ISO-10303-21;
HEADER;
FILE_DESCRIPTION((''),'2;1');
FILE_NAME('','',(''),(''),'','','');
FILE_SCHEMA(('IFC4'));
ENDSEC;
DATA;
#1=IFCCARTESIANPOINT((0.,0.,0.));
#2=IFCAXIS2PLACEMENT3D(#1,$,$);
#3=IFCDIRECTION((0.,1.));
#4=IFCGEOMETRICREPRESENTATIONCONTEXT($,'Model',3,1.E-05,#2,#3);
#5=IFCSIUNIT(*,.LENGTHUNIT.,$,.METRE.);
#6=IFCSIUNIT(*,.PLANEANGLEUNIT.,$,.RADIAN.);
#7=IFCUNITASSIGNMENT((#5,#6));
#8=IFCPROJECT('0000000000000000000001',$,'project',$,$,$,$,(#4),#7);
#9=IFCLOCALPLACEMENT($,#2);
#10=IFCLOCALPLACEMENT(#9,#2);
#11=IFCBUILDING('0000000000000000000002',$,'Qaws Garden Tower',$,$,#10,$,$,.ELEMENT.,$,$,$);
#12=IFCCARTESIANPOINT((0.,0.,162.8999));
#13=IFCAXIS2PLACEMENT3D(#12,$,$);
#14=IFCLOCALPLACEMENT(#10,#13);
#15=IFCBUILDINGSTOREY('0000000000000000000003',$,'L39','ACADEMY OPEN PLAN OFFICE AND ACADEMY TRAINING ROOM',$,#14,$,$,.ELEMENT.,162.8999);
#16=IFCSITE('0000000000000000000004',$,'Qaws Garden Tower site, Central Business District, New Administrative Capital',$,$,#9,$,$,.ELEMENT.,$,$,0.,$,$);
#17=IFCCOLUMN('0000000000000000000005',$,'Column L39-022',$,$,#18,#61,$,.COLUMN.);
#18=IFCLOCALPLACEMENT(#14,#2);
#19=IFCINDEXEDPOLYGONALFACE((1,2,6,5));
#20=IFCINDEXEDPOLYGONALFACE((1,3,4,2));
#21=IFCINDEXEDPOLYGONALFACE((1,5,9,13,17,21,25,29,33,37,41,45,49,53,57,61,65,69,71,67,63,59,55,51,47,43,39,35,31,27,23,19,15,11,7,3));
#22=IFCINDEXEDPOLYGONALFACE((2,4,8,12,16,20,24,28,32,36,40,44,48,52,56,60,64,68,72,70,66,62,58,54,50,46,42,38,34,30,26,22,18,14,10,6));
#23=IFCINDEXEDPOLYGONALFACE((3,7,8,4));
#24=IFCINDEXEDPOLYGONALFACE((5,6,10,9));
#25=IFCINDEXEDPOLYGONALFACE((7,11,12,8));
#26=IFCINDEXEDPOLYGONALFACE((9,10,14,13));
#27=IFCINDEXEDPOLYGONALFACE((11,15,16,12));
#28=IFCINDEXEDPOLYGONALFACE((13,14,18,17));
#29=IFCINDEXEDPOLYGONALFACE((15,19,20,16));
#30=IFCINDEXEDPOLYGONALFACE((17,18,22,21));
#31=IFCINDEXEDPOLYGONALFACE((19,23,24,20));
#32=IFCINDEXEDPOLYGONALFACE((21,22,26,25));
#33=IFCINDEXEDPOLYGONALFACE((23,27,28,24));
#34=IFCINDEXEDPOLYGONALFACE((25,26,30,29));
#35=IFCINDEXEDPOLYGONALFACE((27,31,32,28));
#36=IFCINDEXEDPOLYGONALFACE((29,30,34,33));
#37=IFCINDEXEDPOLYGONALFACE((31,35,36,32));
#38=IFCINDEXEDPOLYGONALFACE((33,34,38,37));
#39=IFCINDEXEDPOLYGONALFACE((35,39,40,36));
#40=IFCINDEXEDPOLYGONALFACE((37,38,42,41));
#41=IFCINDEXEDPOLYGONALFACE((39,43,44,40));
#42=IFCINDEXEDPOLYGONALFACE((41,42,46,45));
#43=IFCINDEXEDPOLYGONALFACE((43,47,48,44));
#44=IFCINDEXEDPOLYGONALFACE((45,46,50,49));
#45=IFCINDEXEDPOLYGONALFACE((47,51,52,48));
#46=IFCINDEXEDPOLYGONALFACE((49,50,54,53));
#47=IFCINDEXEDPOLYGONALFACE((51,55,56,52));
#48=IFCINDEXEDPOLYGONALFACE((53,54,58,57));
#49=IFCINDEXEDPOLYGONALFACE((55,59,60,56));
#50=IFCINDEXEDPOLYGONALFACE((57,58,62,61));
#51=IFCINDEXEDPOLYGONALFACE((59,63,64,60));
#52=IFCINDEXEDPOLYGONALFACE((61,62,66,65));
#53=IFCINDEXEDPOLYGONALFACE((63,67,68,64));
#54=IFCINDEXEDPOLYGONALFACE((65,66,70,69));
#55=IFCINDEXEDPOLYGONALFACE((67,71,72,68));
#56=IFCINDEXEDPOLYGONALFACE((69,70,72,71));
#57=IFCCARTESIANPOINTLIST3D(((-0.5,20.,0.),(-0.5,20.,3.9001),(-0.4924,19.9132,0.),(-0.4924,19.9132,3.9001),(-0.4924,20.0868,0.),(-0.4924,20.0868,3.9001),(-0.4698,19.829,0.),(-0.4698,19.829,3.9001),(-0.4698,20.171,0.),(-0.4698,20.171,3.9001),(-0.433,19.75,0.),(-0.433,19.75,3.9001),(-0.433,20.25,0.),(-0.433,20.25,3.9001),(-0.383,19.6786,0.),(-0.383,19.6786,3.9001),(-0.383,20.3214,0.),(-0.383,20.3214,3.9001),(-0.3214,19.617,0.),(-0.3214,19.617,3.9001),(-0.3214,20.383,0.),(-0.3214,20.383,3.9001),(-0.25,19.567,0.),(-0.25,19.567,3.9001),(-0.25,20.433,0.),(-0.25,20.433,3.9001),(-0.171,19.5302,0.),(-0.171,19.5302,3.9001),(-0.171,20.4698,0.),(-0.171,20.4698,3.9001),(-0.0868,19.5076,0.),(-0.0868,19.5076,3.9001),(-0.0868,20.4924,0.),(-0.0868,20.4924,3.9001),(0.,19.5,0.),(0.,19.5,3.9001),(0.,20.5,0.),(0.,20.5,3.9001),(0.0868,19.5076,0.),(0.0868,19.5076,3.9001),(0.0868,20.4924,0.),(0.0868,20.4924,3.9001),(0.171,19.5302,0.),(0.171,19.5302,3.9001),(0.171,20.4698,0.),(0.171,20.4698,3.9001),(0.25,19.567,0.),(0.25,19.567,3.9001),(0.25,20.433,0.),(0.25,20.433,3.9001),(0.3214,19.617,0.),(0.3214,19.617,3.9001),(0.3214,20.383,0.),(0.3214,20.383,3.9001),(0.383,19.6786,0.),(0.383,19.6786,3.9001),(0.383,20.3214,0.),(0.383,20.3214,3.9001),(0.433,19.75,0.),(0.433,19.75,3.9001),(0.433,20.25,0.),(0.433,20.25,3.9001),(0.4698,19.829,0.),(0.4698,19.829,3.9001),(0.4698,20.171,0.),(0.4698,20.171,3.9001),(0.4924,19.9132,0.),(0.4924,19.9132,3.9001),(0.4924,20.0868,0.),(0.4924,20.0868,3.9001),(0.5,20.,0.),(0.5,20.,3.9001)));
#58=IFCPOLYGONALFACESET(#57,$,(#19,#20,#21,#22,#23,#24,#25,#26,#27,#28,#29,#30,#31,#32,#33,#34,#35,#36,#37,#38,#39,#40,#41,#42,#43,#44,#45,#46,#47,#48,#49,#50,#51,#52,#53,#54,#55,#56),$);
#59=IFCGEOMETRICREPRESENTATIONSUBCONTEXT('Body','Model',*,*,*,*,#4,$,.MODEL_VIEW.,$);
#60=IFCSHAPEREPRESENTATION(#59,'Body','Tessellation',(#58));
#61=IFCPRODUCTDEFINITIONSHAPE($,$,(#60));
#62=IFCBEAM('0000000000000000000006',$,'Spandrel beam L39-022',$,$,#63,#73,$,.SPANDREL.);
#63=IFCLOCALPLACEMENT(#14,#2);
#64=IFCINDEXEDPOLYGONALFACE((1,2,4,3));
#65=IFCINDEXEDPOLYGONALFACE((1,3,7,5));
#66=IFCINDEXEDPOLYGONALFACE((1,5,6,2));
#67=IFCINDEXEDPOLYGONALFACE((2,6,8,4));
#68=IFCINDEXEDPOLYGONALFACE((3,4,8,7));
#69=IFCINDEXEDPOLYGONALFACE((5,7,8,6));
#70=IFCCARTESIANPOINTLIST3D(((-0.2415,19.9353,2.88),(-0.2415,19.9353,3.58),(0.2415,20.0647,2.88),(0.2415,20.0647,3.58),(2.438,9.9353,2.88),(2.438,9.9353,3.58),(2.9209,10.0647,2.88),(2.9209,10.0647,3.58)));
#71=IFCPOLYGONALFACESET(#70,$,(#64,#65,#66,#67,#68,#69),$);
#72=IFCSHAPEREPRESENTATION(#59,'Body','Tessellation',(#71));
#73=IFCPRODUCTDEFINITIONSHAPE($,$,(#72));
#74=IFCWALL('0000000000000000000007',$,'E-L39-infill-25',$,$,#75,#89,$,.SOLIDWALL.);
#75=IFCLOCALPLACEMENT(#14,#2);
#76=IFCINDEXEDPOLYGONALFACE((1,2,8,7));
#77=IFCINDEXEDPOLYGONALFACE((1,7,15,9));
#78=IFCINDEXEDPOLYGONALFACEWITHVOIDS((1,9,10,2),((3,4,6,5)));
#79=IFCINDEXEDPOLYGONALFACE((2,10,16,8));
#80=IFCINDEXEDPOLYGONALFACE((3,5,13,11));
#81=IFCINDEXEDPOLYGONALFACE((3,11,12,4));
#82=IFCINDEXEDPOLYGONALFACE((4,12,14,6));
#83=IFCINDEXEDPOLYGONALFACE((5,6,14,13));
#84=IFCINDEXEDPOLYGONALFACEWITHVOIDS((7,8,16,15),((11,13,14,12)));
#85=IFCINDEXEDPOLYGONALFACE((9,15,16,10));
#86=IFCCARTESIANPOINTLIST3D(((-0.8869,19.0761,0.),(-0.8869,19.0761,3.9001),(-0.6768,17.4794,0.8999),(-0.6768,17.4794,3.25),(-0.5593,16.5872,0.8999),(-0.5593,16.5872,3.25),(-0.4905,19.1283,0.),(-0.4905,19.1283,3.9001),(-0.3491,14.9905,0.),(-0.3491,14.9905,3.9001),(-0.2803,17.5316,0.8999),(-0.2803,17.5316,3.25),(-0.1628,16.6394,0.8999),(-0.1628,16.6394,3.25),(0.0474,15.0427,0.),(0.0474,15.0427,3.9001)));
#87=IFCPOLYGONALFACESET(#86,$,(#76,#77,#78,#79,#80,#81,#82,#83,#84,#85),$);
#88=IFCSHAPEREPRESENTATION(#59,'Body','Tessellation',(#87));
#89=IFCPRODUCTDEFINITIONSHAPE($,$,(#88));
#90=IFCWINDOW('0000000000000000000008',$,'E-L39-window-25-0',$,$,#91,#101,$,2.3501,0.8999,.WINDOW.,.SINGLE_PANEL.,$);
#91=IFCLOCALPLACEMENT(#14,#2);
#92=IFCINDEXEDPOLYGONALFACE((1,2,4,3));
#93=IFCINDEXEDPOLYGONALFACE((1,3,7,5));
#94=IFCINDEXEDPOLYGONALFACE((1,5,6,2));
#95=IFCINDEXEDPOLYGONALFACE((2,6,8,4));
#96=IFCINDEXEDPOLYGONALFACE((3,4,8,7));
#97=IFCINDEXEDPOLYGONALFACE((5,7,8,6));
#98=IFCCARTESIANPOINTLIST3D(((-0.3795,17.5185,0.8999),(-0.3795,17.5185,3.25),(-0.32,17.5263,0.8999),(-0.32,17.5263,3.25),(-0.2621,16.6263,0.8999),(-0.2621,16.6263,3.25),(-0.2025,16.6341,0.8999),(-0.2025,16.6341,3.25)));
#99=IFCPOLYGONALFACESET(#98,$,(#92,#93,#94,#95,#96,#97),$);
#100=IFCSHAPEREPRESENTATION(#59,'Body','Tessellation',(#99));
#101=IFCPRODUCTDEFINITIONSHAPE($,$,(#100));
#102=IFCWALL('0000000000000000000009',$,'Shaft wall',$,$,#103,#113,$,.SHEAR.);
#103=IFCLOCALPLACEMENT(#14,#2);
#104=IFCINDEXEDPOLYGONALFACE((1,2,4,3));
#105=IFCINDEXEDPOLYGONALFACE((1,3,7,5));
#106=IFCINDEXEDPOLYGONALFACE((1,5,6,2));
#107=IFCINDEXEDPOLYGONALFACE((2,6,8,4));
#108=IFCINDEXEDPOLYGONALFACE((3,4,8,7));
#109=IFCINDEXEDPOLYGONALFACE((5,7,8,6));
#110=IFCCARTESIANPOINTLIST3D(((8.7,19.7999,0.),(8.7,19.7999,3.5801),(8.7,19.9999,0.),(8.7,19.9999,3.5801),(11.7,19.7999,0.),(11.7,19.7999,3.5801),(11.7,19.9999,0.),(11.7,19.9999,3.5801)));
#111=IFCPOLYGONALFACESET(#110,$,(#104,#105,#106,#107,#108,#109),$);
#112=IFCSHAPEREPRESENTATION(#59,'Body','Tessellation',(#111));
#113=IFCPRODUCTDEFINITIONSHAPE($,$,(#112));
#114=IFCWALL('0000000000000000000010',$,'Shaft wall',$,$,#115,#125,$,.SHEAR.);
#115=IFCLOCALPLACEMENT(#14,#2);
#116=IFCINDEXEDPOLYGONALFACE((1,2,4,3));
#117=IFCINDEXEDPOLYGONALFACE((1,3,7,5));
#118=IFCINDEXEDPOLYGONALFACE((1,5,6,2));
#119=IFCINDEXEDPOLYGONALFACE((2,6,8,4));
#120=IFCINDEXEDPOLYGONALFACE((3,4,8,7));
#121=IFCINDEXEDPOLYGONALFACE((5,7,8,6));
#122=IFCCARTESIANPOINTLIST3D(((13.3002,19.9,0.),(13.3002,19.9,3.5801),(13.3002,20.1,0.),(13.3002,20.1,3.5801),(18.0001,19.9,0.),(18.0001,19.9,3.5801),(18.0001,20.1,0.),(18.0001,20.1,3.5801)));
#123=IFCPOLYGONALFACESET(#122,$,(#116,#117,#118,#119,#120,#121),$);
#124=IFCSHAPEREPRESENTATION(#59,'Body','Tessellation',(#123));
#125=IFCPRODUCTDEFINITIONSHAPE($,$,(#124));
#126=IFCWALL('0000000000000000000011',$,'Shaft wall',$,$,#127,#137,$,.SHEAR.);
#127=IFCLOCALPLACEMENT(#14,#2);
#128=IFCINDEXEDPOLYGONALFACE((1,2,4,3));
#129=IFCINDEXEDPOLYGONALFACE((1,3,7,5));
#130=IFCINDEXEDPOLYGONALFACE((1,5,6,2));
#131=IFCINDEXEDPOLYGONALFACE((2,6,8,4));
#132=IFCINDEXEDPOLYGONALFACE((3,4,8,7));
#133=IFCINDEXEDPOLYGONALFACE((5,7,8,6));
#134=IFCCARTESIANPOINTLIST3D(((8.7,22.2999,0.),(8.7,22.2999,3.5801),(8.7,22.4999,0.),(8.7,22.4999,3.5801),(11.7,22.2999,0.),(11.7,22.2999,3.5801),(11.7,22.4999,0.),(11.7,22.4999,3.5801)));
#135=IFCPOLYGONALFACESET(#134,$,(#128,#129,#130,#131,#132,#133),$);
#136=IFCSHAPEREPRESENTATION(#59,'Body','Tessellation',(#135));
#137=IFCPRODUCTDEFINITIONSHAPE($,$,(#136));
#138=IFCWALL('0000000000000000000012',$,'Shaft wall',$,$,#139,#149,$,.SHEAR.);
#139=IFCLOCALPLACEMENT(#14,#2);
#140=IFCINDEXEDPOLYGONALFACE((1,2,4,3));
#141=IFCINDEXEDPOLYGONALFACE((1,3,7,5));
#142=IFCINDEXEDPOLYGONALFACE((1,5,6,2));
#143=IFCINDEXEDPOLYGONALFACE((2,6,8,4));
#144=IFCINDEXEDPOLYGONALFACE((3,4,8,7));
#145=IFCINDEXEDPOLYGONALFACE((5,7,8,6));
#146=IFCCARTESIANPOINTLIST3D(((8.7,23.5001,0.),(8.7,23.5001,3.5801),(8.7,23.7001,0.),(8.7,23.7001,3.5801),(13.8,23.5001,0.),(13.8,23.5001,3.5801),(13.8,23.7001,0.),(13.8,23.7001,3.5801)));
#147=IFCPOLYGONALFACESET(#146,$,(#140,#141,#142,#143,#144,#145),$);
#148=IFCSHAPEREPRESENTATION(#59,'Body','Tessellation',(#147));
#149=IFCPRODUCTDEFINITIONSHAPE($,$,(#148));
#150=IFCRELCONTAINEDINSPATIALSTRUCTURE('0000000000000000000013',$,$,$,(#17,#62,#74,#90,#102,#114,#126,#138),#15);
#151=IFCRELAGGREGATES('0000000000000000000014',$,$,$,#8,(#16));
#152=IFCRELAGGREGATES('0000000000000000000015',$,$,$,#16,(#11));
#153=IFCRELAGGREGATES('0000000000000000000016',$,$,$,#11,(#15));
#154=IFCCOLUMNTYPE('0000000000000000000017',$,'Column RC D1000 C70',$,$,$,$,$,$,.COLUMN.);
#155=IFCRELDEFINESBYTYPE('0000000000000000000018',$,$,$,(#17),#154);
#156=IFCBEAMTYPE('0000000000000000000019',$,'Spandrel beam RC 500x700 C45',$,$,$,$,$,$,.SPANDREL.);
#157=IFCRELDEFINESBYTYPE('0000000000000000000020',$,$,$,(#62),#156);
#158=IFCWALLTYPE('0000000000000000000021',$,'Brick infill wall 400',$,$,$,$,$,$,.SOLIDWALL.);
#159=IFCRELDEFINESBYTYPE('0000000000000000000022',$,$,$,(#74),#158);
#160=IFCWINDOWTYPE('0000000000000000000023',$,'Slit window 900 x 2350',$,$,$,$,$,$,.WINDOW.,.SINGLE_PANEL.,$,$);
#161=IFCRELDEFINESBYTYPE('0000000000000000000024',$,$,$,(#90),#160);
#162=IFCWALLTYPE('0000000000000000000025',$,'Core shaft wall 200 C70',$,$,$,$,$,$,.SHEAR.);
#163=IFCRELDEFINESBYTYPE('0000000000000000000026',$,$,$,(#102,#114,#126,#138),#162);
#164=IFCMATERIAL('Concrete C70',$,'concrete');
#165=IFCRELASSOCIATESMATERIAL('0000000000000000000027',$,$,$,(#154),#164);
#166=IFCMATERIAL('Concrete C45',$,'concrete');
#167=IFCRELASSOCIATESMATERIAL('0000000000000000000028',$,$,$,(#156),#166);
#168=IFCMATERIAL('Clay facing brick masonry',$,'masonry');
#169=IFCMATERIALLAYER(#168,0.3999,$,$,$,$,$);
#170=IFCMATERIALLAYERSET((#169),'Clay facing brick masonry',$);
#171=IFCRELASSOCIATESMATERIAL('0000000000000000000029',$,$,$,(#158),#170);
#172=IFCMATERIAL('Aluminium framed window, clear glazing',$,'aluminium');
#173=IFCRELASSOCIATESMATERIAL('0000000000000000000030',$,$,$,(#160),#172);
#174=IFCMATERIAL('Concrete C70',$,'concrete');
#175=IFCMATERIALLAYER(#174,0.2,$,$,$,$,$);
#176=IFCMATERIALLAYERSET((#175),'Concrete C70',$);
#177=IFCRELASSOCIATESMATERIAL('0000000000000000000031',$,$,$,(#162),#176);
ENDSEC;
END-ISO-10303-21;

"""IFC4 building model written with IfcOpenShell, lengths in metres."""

from ifc_helpers import new_model, si_unit, direction, frame, frame_2d, origin, origin_2d, place, context, subcontext, project, spatial, rectangle, circle, extrude, material, layer, layer_set, material_profile, profile_set, type_object, element, fill, save


model = new_model("IFC4")

# Units and contexts
model_context = context("Model", 3, precision=1e-05, world=origin(), true_north=direction((0.0, 1.0)))
body_context = subcontext(model_context, "Body", "Model", "MODEL_VIEW")
ifc_project = project(units=[si_unit("LENGTHUNIT", "METRE"), si_unit("PLANEANGLEUNIT", "RADIAN")], contexts=[model_context])

# Site, building, storey
site_placement = place(None, origin())
site = spatial("IfcSite", under=ifc_project, at=site_placement, Name="Qaws Garden Tower site, Central Business District, New Administrative Capital", CompositionType="ELEMENT", RefElevation=0.0)
building_placement = place(site_placement, origin())
building = spatial("IfcBuilding", under=site, at=building_placement, Name="Qaws Garden Tower", CompositionType="ELEMENT")
storey_placement = place(building_placement, frame((0.0, 0.0, 162.8999)))
storey = spatial("IfcBuildingStorey", under=building, at=storey_placement, Name="L39", Description="ACADEMY OPEN PLAN OFFICE AND ACADEMY TRAINING ROOM", CompositionType="ELEMENT", Elevation=162.8999)

# Column
ifc_material_1 = material(Name="Concrete C70", Category="concrete")
ifc_material_profile_1 = material_profile(ifc_material_1, circle(Radius=0.5, at=origin_2d()), Name="RC D1000")
ifc_profile_set_1 = profile_set([ifc_material_profile_1], Name="Concrete C70")
column_type = type_object("IfcColumnType", Name="Column RC D1000 C70", PredefinedType="COLUMN", material=ifc_profile_set_1)
column_placement = place(storey_placement, frame((0.0, 20.0, 0.0), z_axis=(0.0, 0.0, 1.0), x_axis=(1.0, 0.0, 0.0)))
element("IfcColumn", 1, at=column_placement, inside=storey, type_object=column_type, Name="Column L39-022", PredefinedType="COLUMN", context=body_context, shape_type="SweptSolid", body=[
    extrude(circle(Radius=0.5, at=origin_2d()), origin(), (0.0, 0.0, 1.0), 3.9001),
])

# Beam
ifc_material_2 = material(Name="Concrete C45", Category="concrete")
ifc_material_profile_2 = material_profile(ifc_material_2, rectangle(XDim=0.5, YDim=0.7, at=origin_2d()), Name="RC 500x700")
ifc_profile_set_2 = profile_set([ifc_material_profile_2], Name="Concrete C45")
beam_type = type_object("IfcBeamType", Name="Spandrel beam RC 500x700 C45", PredefinedType="SPANDREL", material=ifc_profile_set_2)
beam_placement = place(storey_placement, frame((0.0, 20.0, 3.23), z_axis=(0.258815, -0.965927, 0.0), x_axis=(0.965927, 0.258815, 0.0)))
element("IfcBeam", 2, at=beam_placement, inside=storey, type_object=beam_type, Name="Spandrel beam L39-022", PredefinedType="SPANDREL", context=body_context, shape_type="SweptSolid", body=[
    extrude(rectangle(XDim=0.5, YDim=0.7, at=origin_2d()), origin(), (0.0, 0.0, 1.0), 10.3528),
])

# Wall, opening, window
ifc_material_3 = material(Name="Clay facing brick masonry", Category="masonry")
ifc_layer_1 = layer(ifc_material_3, 0.3999)
ifc_layer_set_1 = layer_set([ifc_layer_1], Name="Clay facing brick masonry")
wall_type_1 = type_object("IfcWallType", Name="Brick infill wall 400", PredefinedType="SOLIDWALL", material=ifc_layer_set_1)
wall_1_placement = place(storey_placement, frame((-0.6887, 19.1023, 0.0), z_axis=(0.0, 0.0, 1.0), x_axis=(0.130514, -0.991446, 0.0)))
wall_1 = element("IfcWall", 3, at=wall_1_placement, inside=storey, type_object=wall_type_1, Name="E-L39-infill-25", PredefinedType="SOLIDWALL", context=body_context, shape_type="SweptSolid", body=[
    extrude(rectangle(XDim=4.1208, YDim=0.3999, at=frame_2d((2.0605, 0.0))), origin(), (0.0, 0.0, 1.0), 3.9001),
])
opening_1_placement = place(wall_1_placement, frame((1.6106, 0.0, 0.8999)))
opening_1 = element("IfcOpeningElement", 4, at=opening_1_placement, cuts=wall_1, PredefinedType="OPENING", context=body_context, shape_type="SweptSolid", body=[
    extrude(rectangle(XDim=0.8999, YDim=2.3501, at=frame_2d((0.45, 1.175))), frame((0.0, 0.21, 0.0), z_axis=(0.0, -1.0, 0.0), x_axis=(1.0, 0.0, 0.0)), (0.0, 0.0, 1.0), 0.4199),
])
ifc_material_4 = material(Name="Aluminium framed window, clear glazing", Category="aluminium")
window_type = type_object("IfcWindowType", Name="Slit window 900 x 2350", PartitioningType="SINGLE_PANEL", PredefinedType="WINDOW", material=ifc_material_4)
window_placement = place(opening_1_placement, origin())
window = element("IfcWindow", 5, at=window_placement, inside=storey, type_object=window_type, Name="E-L39-window-25-0", OverallHeight=2.3501, OverallWidth=0.8999, PartitioningType="SINGLE_PANEL", PredefinedType="WINDOW", context=body_context, shape_type="SweptSolid", body=[
    extrude(rectangle(XDim=0.8999, YDim=2.3501, at=frame_2d((0.45, 1.175))), frame((0.0, 0.1599, 0.0), z_axis=(0.0, -1.0, 0.0), x_axis=(1.0, 0.0, 0.0)), (0.0, 0.0, 1.0), 0.0601),
])
fill(opening_1, window)

# Walls
ifc_material_5 = material(Name="Concrete C70", Category="concrete")
ifc_layer_2 = layer(ifc_material_5, 0.2)
ifc_layer_set_2 = layer_set([ifc_layer_2], Name="Concrete C70")
wall_type_2 = type_object("IfcWallType", Name="Core shaft wall 200 C70", PredefinedType="SHEAR", material=ifc_layer_set_2)
wall_2_placement = place(storey_placement, frame((8.7, 19.8999, 0.0), z_axis=(0.0, 0.0, 1.0), x_axis=(1.0, 0.0, 0.0)))
element("IfcWall", 6, at=wall_2_placement, inside=storey, type_object=wall_type_2, Name="Shaft wall", PredefinedType="SHEAR", context=body_context, shape_type="SweptSolid", body=[
    extrude(rectangle(XDim=3.0, YDim=0.2, at=frame_2d((1.5, 0.0))), origin(), (0.0, 0.0, 1.0), 3.5801),
])
wall_3_placement = place(storey_placement, frame((13.3, 20.0, 0.0), z_axis=(0.0, 0.0, 1.0), x_axis=(1.0, 0.0, 0.0)))
element("IfcWall", 7, at=wall_3_placement, inside=storey, type_object=wall_type_2, Name="Shaft wall", PredefinedType="SHEAR", context=body_context, shape_type="SweptSolid", body=[
    extrude(rectangle(XDim=4.7, YDim=0.2, at=frame_2d((2.3501, 0.0))), origin(), (0.0, 0.0, 1.0), 3.5801),
])
wall_4_placement = place(storey_placement, frame((8.7, 22.3999, 0.0), z_axis=(0.0, 0.0, 1.0), x_axis=(1.0, 0.0, 0.0)))
element("IfcWall", 8, at=wall_4_placement, inside=storey, type_object=wall_type_2, Name="Shaft wall", PredefinedType="SHEAR", context=body_context, shape_type="SweptSolid", body=[
    extrude(rectangle(XDim=3.0, YDim=0.2, at=frame_2d((1.5, 0.0))), origin(), (0.0, 0.0, 1.0), 3.5801),
])
wall_5_placement = place(storey_placement, frame((8.7, 23.6001, 0.0), z_axis=(0.0, 0.0, 1.0), x_axis=(1.0, 0.0, 0.0)))
element("IfcWall", 9, at=wall_5_placement, inside=storey, type_object=wall_type_2, Name="Shaft wall", PredefinedType="SHEAR", context=body_context, shape_type="SweptSolid", body=[
    extrude(rectangle(XDim=5.1001, YDim=0.2, at=frame_2d((2.55, 0.0))), origin(), (0.0, 0.0, 1.0), 3.5801),
])

save(model, "model.ifc")
